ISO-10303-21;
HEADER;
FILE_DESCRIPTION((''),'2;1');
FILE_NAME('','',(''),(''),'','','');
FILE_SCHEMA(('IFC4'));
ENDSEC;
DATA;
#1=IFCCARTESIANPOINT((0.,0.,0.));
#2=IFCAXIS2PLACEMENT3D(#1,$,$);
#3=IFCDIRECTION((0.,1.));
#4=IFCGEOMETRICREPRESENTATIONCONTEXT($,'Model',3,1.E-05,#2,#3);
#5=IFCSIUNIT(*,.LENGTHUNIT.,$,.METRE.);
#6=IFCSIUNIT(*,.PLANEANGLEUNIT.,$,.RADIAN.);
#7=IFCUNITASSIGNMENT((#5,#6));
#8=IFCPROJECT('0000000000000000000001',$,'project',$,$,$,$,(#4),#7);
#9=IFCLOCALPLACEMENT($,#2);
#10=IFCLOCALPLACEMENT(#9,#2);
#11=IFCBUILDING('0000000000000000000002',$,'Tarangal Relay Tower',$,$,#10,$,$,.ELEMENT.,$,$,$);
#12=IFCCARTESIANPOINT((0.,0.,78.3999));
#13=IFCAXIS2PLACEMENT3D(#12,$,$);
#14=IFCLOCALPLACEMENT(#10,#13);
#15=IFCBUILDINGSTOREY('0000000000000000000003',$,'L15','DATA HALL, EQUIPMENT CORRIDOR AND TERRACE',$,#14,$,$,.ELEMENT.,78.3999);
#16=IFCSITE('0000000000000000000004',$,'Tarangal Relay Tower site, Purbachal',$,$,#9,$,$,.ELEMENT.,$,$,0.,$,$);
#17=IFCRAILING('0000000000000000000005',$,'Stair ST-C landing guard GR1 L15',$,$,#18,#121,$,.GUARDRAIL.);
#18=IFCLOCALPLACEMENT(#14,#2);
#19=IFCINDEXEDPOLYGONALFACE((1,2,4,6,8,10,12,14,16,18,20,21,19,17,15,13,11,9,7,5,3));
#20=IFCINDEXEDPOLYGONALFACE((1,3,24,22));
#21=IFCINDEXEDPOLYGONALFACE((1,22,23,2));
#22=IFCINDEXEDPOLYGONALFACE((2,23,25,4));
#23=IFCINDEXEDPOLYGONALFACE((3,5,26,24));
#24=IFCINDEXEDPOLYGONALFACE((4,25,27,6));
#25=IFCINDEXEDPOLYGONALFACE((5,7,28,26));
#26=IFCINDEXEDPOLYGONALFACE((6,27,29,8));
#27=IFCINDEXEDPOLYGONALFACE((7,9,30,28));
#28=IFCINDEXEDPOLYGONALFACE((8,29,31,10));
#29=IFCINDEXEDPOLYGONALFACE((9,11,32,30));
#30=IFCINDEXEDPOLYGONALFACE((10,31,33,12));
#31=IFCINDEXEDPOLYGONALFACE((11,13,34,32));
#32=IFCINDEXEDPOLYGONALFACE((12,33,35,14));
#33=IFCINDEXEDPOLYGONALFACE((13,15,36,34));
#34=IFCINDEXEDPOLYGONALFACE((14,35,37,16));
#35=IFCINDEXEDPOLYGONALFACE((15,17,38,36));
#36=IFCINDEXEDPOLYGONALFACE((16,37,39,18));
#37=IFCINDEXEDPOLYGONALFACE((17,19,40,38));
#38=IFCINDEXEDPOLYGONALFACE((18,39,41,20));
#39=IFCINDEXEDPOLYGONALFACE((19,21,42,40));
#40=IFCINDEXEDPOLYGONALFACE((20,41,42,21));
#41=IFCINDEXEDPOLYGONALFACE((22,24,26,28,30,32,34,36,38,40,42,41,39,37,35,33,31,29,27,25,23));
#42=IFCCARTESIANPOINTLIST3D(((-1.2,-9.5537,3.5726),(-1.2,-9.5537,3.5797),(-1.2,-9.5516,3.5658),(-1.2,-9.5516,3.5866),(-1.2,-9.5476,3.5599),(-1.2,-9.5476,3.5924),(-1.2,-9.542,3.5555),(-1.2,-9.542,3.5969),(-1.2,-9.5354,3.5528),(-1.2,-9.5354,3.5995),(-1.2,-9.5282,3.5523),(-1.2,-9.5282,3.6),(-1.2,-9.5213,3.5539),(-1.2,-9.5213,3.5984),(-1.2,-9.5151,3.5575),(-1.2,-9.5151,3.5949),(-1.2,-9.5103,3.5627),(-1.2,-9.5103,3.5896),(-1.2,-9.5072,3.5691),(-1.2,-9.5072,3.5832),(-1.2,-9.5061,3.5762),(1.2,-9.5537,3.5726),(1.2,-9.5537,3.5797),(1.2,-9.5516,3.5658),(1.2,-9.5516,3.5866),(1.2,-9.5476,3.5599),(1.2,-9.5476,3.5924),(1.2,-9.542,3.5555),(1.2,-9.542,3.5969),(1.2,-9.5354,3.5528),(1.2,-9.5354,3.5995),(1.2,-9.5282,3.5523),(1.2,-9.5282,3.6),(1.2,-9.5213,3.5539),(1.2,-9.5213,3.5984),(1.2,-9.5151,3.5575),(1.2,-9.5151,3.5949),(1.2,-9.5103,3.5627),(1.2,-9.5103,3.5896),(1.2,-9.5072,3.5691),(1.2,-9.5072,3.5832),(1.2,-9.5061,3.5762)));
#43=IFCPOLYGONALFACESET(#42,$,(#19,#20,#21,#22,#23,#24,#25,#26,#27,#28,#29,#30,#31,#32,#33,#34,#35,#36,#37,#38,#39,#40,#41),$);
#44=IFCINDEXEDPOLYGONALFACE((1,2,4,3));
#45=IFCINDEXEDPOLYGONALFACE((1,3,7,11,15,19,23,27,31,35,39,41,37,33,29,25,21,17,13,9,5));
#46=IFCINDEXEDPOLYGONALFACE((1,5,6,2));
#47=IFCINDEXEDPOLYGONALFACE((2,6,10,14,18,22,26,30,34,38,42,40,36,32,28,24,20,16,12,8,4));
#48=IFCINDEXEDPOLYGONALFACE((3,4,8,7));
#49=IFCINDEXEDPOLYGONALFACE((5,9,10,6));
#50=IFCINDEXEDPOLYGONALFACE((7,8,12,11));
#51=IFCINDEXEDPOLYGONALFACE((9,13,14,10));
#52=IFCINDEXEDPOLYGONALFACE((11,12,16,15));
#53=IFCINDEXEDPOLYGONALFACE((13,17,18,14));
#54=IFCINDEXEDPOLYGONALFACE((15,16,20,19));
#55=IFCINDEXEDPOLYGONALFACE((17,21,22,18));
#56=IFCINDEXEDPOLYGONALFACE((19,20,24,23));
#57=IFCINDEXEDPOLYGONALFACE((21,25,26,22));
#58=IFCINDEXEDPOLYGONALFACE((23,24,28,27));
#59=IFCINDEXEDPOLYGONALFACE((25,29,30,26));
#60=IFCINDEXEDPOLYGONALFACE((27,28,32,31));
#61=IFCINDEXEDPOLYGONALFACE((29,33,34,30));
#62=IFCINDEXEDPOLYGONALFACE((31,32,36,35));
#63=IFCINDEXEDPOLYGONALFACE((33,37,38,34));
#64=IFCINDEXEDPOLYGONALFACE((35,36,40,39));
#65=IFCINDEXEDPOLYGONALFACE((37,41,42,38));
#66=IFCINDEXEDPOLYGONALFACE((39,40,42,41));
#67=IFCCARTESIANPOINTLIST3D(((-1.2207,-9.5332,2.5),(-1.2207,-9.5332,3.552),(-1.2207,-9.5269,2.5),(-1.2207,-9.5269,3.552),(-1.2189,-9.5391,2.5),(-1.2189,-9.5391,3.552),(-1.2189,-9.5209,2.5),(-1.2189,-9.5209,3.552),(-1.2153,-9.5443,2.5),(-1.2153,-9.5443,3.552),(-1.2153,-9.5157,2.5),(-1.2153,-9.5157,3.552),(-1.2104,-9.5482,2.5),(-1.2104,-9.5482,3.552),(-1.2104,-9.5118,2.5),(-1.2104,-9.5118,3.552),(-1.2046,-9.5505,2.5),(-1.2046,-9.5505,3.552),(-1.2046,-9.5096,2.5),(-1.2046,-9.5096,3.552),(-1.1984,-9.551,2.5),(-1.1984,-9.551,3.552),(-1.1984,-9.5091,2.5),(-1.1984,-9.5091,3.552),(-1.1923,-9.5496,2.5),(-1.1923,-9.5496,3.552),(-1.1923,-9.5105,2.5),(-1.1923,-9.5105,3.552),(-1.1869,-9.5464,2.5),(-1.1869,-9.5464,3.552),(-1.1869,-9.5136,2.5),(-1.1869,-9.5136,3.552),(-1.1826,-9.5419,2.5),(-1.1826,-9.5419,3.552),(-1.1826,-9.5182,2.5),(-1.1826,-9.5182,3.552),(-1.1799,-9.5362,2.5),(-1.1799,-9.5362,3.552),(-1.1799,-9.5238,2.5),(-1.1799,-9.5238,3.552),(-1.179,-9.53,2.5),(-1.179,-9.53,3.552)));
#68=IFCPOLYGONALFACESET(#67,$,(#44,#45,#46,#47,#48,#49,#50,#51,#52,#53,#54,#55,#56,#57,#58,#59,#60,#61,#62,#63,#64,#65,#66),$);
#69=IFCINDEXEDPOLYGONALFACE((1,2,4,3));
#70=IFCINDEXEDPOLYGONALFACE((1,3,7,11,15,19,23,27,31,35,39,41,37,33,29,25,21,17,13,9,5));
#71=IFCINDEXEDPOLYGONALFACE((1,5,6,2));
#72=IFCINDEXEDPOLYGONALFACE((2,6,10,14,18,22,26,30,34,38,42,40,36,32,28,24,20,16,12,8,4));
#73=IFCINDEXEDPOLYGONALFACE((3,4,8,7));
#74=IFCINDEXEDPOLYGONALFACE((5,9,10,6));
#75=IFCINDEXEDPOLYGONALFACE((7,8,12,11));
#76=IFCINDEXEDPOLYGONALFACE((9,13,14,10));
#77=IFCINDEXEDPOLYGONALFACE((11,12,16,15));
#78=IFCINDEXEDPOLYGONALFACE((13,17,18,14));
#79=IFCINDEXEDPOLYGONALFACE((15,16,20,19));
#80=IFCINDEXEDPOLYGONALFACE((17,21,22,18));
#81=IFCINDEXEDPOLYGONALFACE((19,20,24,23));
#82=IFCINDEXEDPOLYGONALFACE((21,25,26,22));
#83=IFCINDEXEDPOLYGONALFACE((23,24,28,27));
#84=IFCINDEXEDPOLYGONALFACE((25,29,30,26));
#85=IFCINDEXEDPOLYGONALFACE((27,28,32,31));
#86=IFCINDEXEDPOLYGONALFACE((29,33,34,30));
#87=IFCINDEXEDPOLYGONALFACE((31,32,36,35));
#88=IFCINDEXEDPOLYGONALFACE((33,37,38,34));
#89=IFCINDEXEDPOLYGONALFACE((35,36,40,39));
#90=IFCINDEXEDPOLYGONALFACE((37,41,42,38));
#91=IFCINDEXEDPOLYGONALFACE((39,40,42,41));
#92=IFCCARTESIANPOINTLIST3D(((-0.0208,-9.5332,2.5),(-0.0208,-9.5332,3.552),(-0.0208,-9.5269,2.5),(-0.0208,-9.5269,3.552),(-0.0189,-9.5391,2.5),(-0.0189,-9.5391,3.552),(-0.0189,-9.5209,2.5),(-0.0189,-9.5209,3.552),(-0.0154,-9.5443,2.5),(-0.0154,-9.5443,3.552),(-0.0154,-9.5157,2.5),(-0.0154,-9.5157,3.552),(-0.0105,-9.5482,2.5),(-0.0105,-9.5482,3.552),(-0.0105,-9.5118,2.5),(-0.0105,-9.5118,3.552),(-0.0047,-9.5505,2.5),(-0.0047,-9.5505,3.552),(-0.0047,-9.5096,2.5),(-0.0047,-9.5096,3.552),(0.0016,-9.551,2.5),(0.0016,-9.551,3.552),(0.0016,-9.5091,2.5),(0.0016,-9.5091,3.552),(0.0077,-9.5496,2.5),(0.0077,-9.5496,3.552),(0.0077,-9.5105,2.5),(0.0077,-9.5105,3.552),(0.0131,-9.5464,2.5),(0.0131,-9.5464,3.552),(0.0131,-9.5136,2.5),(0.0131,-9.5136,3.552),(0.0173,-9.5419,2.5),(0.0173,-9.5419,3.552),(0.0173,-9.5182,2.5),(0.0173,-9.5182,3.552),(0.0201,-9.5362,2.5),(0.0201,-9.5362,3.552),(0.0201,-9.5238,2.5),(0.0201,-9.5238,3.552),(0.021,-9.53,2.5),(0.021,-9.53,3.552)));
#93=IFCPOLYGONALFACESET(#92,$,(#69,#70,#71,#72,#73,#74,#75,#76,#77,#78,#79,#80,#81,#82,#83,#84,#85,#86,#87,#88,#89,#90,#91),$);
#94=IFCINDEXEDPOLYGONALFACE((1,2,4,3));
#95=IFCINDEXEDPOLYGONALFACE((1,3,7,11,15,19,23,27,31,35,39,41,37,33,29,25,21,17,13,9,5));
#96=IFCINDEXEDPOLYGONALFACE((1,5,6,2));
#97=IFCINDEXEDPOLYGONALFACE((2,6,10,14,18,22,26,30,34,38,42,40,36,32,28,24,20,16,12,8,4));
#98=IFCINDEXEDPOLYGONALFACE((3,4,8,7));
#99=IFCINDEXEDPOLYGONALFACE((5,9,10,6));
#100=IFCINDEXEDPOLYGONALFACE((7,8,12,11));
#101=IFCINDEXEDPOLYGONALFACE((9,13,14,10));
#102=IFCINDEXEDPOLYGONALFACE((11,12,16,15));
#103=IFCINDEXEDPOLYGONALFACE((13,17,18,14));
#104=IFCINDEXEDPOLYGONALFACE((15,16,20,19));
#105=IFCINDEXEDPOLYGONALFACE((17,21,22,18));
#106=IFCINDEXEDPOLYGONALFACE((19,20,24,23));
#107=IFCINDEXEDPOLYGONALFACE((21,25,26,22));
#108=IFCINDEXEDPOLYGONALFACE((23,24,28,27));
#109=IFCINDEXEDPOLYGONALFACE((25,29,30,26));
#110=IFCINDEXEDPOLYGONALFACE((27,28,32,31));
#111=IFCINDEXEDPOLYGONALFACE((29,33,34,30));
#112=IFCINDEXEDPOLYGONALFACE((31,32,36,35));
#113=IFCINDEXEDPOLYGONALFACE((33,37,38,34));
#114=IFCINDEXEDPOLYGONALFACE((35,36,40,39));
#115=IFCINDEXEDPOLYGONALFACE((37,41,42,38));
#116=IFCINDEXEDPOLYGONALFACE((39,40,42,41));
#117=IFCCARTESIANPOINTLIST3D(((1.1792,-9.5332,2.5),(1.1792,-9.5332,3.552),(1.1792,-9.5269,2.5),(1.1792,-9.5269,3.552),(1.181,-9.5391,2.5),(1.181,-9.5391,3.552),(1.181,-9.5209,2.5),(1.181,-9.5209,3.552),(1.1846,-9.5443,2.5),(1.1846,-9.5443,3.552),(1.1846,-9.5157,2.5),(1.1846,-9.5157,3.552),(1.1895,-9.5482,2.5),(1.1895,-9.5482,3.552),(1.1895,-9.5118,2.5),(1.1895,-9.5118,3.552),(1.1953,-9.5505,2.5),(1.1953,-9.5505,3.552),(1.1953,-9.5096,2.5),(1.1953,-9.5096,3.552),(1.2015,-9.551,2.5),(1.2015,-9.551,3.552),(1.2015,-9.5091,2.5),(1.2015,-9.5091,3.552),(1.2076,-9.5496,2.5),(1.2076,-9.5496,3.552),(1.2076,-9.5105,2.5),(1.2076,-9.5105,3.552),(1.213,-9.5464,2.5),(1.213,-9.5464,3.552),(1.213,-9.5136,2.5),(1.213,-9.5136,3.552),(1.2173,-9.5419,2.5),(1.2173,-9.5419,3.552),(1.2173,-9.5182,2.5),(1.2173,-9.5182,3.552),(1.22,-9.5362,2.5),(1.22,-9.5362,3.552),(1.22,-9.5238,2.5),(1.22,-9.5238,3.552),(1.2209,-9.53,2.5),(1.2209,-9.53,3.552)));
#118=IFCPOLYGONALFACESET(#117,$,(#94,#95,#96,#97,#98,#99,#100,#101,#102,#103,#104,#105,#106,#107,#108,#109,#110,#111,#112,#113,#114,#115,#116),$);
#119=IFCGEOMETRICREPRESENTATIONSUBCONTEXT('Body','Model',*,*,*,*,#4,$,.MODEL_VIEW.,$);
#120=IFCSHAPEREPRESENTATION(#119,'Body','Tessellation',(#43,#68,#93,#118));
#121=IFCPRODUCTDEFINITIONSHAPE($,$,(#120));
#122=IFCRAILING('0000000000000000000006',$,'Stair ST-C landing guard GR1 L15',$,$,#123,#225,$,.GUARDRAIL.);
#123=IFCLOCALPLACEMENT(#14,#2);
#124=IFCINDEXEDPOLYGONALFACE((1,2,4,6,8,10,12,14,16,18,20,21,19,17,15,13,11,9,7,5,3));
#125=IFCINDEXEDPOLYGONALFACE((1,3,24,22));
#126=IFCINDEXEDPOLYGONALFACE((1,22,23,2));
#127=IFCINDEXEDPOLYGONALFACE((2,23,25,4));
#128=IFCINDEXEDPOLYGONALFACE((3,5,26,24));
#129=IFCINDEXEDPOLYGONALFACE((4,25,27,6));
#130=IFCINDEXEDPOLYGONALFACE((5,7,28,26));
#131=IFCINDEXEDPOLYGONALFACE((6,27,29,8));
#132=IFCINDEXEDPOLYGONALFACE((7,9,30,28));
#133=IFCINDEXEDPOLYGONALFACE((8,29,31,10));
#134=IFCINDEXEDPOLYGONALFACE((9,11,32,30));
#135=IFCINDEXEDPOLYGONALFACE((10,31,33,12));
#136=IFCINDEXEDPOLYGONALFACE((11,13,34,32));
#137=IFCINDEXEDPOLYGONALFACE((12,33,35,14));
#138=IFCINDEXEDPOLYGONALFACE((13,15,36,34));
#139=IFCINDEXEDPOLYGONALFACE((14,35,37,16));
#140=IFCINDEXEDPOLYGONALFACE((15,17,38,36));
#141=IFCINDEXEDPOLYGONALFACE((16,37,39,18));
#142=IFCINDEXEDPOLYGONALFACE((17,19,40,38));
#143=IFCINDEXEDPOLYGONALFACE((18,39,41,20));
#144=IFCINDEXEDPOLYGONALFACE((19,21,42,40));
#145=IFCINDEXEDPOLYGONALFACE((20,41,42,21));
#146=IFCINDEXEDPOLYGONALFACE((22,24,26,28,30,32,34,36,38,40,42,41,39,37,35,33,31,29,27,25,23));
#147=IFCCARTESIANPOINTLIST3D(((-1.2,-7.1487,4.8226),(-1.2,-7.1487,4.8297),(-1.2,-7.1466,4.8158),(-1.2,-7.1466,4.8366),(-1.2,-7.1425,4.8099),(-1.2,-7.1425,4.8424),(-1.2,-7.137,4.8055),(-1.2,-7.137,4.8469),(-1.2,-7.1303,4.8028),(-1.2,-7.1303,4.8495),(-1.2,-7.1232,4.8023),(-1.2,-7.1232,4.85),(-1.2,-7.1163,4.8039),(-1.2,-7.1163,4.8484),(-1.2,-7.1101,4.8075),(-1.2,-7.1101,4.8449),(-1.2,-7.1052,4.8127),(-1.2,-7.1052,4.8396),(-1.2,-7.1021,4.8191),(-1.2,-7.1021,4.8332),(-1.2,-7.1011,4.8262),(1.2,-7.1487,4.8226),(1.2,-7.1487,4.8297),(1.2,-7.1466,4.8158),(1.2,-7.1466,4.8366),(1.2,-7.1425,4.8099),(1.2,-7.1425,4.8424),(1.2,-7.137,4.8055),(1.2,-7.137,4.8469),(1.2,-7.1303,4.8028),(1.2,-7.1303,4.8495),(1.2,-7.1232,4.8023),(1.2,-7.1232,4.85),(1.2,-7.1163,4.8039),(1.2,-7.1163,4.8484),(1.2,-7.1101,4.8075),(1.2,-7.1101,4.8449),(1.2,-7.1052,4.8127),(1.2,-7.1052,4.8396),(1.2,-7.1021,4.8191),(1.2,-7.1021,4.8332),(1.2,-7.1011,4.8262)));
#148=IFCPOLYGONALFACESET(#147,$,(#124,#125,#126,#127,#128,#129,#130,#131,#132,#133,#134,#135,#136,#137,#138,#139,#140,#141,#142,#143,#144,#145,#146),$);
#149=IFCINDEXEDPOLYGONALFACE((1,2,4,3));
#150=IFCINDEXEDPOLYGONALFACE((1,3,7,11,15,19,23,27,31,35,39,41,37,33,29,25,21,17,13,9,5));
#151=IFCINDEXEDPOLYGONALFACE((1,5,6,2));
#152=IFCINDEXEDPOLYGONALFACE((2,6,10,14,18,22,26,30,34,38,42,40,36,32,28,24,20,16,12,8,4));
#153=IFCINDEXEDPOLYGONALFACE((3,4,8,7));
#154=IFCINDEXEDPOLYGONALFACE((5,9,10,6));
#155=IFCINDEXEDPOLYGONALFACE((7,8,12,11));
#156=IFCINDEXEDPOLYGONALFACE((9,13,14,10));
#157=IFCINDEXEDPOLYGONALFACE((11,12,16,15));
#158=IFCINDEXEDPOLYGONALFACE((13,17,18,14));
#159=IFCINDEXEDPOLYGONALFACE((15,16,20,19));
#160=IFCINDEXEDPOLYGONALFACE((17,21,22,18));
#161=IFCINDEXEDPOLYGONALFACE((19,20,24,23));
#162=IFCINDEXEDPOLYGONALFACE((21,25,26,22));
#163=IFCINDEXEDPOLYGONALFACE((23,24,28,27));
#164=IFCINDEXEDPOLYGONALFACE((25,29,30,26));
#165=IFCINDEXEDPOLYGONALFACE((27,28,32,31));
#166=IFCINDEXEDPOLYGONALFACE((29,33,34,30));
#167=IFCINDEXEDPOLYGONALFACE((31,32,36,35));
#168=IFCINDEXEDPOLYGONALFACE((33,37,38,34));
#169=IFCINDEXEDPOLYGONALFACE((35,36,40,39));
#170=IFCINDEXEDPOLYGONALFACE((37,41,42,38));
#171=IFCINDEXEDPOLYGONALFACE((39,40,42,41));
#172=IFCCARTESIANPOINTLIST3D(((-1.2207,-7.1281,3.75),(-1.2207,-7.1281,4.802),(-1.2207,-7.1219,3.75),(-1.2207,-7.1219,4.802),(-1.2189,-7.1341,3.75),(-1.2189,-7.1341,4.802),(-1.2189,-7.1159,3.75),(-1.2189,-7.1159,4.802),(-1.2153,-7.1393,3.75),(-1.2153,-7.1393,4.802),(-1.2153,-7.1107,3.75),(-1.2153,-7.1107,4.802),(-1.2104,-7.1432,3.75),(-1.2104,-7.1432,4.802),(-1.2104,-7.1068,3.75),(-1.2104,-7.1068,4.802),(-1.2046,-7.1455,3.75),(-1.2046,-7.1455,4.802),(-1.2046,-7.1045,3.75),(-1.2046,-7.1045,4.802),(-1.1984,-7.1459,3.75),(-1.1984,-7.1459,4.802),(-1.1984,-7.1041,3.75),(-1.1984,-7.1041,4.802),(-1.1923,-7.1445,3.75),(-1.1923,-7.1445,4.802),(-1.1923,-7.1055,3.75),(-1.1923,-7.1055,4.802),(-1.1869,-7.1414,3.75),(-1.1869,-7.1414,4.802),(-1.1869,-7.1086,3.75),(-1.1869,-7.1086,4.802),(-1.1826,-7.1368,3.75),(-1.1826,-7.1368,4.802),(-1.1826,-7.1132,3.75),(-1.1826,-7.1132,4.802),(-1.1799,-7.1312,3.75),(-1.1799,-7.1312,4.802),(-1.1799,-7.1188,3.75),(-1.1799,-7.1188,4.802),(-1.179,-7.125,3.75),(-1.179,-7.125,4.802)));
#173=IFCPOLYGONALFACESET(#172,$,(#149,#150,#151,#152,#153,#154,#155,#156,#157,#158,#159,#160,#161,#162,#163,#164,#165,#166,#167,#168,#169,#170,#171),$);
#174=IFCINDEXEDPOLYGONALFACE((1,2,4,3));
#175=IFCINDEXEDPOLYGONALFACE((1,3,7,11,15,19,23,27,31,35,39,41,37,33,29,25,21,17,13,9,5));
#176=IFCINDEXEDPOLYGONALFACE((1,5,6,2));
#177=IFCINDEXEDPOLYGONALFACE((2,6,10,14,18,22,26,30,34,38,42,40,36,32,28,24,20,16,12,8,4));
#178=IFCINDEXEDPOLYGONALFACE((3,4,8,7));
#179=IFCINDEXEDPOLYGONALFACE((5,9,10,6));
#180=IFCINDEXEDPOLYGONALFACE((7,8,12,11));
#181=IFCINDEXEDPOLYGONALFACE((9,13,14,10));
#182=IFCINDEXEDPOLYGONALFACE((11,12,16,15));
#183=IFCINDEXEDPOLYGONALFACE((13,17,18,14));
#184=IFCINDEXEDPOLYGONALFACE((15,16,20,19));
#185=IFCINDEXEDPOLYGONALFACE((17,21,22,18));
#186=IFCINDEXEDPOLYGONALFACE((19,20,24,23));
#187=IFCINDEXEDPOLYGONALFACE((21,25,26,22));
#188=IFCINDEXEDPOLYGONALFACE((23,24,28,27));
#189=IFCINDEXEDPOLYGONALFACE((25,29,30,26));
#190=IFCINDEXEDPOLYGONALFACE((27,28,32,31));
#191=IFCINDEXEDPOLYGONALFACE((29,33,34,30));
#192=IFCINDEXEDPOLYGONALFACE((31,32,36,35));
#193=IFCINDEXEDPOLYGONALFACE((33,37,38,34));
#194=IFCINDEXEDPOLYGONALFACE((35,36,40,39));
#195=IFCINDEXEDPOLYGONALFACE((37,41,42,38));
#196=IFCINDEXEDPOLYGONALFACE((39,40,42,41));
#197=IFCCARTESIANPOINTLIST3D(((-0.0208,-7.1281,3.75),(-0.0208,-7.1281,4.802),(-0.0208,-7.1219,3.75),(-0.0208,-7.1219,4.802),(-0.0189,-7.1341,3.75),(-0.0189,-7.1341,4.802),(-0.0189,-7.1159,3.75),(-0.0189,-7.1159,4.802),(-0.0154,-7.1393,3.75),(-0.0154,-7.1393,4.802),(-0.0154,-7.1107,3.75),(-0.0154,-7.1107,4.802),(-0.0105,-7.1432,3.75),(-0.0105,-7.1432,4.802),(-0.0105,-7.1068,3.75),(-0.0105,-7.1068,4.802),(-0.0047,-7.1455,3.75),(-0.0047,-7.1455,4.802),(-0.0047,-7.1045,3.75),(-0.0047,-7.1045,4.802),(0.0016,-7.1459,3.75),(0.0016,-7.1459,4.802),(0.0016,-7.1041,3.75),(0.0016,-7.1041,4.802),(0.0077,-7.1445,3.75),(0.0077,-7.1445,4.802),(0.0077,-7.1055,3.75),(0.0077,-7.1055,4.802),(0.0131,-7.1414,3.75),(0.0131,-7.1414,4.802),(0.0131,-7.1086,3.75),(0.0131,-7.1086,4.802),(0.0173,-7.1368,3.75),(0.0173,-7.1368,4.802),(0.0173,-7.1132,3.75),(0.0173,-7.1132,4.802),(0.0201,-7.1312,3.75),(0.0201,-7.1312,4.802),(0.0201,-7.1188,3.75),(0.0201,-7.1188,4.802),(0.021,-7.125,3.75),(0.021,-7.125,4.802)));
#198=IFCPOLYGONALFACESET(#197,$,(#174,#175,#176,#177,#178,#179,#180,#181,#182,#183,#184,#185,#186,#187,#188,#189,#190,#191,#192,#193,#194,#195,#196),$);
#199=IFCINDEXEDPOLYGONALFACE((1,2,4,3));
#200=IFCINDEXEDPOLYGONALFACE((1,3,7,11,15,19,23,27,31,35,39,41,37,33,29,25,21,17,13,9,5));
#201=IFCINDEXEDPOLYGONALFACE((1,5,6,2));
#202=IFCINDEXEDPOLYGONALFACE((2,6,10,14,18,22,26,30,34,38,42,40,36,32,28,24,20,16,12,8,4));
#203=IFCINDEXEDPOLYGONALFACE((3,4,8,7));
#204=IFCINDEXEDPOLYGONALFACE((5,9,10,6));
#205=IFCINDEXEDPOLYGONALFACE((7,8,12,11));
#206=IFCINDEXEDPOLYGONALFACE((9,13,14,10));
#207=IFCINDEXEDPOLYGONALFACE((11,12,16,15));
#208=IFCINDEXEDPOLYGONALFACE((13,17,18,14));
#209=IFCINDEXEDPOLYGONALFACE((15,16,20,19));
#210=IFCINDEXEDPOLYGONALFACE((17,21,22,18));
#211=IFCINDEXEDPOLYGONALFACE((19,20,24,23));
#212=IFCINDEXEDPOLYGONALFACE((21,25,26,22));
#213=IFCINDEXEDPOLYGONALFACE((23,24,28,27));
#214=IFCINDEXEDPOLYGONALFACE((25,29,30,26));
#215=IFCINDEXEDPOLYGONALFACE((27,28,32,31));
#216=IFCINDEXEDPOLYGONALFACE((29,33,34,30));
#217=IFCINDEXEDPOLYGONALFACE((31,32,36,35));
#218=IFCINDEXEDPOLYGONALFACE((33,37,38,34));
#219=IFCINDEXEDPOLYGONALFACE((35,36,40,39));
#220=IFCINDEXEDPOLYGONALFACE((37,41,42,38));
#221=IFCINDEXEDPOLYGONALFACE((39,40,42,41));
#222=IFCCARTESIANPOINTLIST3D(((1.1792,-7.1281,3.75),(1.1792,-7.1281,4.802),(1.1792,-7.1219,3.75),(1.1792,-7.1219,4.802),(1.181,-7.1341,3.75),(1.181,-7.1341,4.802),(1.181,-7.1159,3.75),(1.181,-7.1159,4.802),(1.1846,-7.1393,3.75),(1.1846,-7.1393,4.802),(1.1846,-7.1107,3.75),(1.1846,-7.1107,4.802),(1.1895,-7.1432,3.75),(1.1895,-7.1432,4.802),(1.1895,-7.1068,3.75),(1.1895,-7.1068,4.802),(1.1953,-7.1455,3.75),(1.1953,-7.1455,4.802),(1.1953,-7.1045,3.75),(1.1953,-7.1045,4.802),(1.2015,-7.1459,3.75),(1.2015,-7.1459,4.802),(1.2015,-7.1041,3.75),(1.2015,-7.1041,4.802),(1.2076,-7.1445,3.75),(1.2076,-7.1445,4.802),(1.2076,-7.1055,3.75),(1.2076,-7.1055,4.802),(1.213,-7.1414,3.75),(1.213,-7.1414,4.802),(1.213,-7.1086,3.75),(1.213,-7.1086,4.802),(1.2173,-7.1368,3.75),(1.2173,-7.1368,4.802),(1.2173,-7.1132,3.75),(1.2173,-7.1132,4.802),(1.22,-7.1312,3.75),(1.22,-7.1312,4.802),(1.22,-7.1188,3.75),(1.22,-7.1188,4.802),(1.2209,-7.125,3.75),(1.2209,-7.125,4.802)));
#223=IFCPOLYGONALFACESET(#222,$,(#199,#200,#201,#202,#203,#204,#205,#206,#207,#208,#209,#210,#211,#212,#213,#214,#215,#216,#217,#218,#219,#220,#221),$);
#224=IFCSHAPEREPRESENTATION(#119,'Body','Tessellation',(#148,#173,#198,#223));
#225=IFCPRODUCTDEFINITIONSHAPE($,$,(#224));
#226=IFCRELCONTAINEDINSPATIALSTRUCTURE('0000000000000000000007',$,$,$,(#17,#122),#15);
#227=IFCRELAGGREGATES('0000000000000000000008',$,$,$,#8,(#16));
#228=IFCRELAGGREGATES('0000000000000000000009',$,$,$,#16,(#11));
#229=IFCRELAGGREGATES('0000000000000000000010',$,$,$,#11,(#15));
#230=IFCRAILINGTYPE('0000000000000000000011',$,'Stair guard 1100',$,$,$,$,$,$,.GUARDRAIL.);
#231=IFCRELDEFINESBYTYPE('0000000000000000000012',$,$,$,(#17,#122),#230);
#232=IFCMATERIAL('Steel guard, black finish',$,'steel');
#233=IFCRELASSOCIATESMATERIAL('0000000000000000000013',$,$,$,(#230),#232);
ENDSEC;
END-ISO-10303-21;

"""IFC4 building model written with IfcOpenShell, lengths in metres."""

from ifc_helpers import new_model, si_unit, direction, frame, origin, origin_2d, place, context, subcontext, project, spatial, circle, extrude, material, type_object, element, save


model = new_model("IFC4")

# Units and contexts
model_context = context("Model", 3, precision=1e-05, world=origin(), true_north=direction((0.0, 1.0)))
body_context = subcontext(model_context, "Body", "Model", "MODEL_VIEW")
ifc_project = project(units=[si_unit("LENGTHUNIT", "METRE"), si_unit("PLANEANGLEUNIT", "RADIAN")], contexts=[model_context])

# Site, building, storey
site_placement = place(None, origin())
site = spatial("IfcSite", under=ifc_project, at=site_placement, Name="Tarangal Relay Tower site, Purbachal", CompositionType="ELEMENT", RefElevation=0.0)
building_placement = place(site_placement, origin())
building = spatial("IfcBuilding", under=site, at=building_placement, Name="Tarangal Relay Tower", CompositionType="ELEMENT")
storey_placement = place(building_placement, frame((0.0, 0.0, 78.3999)))
storey = spatial("IfcBuildingStorey", under=building, at=storey_placement, Name="L15", Description="DATA HALL, EQUIPMENT CORRIDOR AND TERRACE", CompositionType="ELEMENT", Elevation=78.3999)

# Railings
ifc_material_1 = material(Name="Steel guard, black finish", Category="steel")
railing_type_1 = type_object("IfcRailingType", Name="Stair guard 1100", PredefinedType="GUARDRAIL", material=ifc_material_1)
for number, where, name in (
    (1, (-1.2, -9.53, 2.5), "Stair ST-C landing guard GR1 L15"),
    (2, (-1.2, -7.125, 3.75), "Stair ST-C landing guard GR1 L15"),
):
    element("IfcRailing", number, at=place(storey_placement, frame(where)), inside=storey, type_object=railing_type_1, Name=name, PredefinedType="GUARDRAIL", context=body_context, shape_type="SweptSolid", body=[
        extrude(circle(Radius=0.0239, at=origin_2d()), frame((0.0, 0.0, 1.0762), z_axis=(1.0, 0.0, 0.0), x_axis=(0.0, 1.0, 0.0)), (0.0, 0.0, 1.0), 2.3999),
        extrude(circle(Radius=0.021, at=origin_2d()), origin(), (0.0, 0.0, 1.0), 1.052),
        extrude(circle(Radius=0.021, at=origin_2d()), frame((1.2, 0.0, 0.0)), (0.0, 0.0, 1.0), 1.052),
        extrude(circle(Radius=0.021, at=origin_2d()), frame((2.3999, 0.0, 0.0)), (0.0, 0.0, 1.0), 1.052),
    ])

save(model, "model.ifc")
